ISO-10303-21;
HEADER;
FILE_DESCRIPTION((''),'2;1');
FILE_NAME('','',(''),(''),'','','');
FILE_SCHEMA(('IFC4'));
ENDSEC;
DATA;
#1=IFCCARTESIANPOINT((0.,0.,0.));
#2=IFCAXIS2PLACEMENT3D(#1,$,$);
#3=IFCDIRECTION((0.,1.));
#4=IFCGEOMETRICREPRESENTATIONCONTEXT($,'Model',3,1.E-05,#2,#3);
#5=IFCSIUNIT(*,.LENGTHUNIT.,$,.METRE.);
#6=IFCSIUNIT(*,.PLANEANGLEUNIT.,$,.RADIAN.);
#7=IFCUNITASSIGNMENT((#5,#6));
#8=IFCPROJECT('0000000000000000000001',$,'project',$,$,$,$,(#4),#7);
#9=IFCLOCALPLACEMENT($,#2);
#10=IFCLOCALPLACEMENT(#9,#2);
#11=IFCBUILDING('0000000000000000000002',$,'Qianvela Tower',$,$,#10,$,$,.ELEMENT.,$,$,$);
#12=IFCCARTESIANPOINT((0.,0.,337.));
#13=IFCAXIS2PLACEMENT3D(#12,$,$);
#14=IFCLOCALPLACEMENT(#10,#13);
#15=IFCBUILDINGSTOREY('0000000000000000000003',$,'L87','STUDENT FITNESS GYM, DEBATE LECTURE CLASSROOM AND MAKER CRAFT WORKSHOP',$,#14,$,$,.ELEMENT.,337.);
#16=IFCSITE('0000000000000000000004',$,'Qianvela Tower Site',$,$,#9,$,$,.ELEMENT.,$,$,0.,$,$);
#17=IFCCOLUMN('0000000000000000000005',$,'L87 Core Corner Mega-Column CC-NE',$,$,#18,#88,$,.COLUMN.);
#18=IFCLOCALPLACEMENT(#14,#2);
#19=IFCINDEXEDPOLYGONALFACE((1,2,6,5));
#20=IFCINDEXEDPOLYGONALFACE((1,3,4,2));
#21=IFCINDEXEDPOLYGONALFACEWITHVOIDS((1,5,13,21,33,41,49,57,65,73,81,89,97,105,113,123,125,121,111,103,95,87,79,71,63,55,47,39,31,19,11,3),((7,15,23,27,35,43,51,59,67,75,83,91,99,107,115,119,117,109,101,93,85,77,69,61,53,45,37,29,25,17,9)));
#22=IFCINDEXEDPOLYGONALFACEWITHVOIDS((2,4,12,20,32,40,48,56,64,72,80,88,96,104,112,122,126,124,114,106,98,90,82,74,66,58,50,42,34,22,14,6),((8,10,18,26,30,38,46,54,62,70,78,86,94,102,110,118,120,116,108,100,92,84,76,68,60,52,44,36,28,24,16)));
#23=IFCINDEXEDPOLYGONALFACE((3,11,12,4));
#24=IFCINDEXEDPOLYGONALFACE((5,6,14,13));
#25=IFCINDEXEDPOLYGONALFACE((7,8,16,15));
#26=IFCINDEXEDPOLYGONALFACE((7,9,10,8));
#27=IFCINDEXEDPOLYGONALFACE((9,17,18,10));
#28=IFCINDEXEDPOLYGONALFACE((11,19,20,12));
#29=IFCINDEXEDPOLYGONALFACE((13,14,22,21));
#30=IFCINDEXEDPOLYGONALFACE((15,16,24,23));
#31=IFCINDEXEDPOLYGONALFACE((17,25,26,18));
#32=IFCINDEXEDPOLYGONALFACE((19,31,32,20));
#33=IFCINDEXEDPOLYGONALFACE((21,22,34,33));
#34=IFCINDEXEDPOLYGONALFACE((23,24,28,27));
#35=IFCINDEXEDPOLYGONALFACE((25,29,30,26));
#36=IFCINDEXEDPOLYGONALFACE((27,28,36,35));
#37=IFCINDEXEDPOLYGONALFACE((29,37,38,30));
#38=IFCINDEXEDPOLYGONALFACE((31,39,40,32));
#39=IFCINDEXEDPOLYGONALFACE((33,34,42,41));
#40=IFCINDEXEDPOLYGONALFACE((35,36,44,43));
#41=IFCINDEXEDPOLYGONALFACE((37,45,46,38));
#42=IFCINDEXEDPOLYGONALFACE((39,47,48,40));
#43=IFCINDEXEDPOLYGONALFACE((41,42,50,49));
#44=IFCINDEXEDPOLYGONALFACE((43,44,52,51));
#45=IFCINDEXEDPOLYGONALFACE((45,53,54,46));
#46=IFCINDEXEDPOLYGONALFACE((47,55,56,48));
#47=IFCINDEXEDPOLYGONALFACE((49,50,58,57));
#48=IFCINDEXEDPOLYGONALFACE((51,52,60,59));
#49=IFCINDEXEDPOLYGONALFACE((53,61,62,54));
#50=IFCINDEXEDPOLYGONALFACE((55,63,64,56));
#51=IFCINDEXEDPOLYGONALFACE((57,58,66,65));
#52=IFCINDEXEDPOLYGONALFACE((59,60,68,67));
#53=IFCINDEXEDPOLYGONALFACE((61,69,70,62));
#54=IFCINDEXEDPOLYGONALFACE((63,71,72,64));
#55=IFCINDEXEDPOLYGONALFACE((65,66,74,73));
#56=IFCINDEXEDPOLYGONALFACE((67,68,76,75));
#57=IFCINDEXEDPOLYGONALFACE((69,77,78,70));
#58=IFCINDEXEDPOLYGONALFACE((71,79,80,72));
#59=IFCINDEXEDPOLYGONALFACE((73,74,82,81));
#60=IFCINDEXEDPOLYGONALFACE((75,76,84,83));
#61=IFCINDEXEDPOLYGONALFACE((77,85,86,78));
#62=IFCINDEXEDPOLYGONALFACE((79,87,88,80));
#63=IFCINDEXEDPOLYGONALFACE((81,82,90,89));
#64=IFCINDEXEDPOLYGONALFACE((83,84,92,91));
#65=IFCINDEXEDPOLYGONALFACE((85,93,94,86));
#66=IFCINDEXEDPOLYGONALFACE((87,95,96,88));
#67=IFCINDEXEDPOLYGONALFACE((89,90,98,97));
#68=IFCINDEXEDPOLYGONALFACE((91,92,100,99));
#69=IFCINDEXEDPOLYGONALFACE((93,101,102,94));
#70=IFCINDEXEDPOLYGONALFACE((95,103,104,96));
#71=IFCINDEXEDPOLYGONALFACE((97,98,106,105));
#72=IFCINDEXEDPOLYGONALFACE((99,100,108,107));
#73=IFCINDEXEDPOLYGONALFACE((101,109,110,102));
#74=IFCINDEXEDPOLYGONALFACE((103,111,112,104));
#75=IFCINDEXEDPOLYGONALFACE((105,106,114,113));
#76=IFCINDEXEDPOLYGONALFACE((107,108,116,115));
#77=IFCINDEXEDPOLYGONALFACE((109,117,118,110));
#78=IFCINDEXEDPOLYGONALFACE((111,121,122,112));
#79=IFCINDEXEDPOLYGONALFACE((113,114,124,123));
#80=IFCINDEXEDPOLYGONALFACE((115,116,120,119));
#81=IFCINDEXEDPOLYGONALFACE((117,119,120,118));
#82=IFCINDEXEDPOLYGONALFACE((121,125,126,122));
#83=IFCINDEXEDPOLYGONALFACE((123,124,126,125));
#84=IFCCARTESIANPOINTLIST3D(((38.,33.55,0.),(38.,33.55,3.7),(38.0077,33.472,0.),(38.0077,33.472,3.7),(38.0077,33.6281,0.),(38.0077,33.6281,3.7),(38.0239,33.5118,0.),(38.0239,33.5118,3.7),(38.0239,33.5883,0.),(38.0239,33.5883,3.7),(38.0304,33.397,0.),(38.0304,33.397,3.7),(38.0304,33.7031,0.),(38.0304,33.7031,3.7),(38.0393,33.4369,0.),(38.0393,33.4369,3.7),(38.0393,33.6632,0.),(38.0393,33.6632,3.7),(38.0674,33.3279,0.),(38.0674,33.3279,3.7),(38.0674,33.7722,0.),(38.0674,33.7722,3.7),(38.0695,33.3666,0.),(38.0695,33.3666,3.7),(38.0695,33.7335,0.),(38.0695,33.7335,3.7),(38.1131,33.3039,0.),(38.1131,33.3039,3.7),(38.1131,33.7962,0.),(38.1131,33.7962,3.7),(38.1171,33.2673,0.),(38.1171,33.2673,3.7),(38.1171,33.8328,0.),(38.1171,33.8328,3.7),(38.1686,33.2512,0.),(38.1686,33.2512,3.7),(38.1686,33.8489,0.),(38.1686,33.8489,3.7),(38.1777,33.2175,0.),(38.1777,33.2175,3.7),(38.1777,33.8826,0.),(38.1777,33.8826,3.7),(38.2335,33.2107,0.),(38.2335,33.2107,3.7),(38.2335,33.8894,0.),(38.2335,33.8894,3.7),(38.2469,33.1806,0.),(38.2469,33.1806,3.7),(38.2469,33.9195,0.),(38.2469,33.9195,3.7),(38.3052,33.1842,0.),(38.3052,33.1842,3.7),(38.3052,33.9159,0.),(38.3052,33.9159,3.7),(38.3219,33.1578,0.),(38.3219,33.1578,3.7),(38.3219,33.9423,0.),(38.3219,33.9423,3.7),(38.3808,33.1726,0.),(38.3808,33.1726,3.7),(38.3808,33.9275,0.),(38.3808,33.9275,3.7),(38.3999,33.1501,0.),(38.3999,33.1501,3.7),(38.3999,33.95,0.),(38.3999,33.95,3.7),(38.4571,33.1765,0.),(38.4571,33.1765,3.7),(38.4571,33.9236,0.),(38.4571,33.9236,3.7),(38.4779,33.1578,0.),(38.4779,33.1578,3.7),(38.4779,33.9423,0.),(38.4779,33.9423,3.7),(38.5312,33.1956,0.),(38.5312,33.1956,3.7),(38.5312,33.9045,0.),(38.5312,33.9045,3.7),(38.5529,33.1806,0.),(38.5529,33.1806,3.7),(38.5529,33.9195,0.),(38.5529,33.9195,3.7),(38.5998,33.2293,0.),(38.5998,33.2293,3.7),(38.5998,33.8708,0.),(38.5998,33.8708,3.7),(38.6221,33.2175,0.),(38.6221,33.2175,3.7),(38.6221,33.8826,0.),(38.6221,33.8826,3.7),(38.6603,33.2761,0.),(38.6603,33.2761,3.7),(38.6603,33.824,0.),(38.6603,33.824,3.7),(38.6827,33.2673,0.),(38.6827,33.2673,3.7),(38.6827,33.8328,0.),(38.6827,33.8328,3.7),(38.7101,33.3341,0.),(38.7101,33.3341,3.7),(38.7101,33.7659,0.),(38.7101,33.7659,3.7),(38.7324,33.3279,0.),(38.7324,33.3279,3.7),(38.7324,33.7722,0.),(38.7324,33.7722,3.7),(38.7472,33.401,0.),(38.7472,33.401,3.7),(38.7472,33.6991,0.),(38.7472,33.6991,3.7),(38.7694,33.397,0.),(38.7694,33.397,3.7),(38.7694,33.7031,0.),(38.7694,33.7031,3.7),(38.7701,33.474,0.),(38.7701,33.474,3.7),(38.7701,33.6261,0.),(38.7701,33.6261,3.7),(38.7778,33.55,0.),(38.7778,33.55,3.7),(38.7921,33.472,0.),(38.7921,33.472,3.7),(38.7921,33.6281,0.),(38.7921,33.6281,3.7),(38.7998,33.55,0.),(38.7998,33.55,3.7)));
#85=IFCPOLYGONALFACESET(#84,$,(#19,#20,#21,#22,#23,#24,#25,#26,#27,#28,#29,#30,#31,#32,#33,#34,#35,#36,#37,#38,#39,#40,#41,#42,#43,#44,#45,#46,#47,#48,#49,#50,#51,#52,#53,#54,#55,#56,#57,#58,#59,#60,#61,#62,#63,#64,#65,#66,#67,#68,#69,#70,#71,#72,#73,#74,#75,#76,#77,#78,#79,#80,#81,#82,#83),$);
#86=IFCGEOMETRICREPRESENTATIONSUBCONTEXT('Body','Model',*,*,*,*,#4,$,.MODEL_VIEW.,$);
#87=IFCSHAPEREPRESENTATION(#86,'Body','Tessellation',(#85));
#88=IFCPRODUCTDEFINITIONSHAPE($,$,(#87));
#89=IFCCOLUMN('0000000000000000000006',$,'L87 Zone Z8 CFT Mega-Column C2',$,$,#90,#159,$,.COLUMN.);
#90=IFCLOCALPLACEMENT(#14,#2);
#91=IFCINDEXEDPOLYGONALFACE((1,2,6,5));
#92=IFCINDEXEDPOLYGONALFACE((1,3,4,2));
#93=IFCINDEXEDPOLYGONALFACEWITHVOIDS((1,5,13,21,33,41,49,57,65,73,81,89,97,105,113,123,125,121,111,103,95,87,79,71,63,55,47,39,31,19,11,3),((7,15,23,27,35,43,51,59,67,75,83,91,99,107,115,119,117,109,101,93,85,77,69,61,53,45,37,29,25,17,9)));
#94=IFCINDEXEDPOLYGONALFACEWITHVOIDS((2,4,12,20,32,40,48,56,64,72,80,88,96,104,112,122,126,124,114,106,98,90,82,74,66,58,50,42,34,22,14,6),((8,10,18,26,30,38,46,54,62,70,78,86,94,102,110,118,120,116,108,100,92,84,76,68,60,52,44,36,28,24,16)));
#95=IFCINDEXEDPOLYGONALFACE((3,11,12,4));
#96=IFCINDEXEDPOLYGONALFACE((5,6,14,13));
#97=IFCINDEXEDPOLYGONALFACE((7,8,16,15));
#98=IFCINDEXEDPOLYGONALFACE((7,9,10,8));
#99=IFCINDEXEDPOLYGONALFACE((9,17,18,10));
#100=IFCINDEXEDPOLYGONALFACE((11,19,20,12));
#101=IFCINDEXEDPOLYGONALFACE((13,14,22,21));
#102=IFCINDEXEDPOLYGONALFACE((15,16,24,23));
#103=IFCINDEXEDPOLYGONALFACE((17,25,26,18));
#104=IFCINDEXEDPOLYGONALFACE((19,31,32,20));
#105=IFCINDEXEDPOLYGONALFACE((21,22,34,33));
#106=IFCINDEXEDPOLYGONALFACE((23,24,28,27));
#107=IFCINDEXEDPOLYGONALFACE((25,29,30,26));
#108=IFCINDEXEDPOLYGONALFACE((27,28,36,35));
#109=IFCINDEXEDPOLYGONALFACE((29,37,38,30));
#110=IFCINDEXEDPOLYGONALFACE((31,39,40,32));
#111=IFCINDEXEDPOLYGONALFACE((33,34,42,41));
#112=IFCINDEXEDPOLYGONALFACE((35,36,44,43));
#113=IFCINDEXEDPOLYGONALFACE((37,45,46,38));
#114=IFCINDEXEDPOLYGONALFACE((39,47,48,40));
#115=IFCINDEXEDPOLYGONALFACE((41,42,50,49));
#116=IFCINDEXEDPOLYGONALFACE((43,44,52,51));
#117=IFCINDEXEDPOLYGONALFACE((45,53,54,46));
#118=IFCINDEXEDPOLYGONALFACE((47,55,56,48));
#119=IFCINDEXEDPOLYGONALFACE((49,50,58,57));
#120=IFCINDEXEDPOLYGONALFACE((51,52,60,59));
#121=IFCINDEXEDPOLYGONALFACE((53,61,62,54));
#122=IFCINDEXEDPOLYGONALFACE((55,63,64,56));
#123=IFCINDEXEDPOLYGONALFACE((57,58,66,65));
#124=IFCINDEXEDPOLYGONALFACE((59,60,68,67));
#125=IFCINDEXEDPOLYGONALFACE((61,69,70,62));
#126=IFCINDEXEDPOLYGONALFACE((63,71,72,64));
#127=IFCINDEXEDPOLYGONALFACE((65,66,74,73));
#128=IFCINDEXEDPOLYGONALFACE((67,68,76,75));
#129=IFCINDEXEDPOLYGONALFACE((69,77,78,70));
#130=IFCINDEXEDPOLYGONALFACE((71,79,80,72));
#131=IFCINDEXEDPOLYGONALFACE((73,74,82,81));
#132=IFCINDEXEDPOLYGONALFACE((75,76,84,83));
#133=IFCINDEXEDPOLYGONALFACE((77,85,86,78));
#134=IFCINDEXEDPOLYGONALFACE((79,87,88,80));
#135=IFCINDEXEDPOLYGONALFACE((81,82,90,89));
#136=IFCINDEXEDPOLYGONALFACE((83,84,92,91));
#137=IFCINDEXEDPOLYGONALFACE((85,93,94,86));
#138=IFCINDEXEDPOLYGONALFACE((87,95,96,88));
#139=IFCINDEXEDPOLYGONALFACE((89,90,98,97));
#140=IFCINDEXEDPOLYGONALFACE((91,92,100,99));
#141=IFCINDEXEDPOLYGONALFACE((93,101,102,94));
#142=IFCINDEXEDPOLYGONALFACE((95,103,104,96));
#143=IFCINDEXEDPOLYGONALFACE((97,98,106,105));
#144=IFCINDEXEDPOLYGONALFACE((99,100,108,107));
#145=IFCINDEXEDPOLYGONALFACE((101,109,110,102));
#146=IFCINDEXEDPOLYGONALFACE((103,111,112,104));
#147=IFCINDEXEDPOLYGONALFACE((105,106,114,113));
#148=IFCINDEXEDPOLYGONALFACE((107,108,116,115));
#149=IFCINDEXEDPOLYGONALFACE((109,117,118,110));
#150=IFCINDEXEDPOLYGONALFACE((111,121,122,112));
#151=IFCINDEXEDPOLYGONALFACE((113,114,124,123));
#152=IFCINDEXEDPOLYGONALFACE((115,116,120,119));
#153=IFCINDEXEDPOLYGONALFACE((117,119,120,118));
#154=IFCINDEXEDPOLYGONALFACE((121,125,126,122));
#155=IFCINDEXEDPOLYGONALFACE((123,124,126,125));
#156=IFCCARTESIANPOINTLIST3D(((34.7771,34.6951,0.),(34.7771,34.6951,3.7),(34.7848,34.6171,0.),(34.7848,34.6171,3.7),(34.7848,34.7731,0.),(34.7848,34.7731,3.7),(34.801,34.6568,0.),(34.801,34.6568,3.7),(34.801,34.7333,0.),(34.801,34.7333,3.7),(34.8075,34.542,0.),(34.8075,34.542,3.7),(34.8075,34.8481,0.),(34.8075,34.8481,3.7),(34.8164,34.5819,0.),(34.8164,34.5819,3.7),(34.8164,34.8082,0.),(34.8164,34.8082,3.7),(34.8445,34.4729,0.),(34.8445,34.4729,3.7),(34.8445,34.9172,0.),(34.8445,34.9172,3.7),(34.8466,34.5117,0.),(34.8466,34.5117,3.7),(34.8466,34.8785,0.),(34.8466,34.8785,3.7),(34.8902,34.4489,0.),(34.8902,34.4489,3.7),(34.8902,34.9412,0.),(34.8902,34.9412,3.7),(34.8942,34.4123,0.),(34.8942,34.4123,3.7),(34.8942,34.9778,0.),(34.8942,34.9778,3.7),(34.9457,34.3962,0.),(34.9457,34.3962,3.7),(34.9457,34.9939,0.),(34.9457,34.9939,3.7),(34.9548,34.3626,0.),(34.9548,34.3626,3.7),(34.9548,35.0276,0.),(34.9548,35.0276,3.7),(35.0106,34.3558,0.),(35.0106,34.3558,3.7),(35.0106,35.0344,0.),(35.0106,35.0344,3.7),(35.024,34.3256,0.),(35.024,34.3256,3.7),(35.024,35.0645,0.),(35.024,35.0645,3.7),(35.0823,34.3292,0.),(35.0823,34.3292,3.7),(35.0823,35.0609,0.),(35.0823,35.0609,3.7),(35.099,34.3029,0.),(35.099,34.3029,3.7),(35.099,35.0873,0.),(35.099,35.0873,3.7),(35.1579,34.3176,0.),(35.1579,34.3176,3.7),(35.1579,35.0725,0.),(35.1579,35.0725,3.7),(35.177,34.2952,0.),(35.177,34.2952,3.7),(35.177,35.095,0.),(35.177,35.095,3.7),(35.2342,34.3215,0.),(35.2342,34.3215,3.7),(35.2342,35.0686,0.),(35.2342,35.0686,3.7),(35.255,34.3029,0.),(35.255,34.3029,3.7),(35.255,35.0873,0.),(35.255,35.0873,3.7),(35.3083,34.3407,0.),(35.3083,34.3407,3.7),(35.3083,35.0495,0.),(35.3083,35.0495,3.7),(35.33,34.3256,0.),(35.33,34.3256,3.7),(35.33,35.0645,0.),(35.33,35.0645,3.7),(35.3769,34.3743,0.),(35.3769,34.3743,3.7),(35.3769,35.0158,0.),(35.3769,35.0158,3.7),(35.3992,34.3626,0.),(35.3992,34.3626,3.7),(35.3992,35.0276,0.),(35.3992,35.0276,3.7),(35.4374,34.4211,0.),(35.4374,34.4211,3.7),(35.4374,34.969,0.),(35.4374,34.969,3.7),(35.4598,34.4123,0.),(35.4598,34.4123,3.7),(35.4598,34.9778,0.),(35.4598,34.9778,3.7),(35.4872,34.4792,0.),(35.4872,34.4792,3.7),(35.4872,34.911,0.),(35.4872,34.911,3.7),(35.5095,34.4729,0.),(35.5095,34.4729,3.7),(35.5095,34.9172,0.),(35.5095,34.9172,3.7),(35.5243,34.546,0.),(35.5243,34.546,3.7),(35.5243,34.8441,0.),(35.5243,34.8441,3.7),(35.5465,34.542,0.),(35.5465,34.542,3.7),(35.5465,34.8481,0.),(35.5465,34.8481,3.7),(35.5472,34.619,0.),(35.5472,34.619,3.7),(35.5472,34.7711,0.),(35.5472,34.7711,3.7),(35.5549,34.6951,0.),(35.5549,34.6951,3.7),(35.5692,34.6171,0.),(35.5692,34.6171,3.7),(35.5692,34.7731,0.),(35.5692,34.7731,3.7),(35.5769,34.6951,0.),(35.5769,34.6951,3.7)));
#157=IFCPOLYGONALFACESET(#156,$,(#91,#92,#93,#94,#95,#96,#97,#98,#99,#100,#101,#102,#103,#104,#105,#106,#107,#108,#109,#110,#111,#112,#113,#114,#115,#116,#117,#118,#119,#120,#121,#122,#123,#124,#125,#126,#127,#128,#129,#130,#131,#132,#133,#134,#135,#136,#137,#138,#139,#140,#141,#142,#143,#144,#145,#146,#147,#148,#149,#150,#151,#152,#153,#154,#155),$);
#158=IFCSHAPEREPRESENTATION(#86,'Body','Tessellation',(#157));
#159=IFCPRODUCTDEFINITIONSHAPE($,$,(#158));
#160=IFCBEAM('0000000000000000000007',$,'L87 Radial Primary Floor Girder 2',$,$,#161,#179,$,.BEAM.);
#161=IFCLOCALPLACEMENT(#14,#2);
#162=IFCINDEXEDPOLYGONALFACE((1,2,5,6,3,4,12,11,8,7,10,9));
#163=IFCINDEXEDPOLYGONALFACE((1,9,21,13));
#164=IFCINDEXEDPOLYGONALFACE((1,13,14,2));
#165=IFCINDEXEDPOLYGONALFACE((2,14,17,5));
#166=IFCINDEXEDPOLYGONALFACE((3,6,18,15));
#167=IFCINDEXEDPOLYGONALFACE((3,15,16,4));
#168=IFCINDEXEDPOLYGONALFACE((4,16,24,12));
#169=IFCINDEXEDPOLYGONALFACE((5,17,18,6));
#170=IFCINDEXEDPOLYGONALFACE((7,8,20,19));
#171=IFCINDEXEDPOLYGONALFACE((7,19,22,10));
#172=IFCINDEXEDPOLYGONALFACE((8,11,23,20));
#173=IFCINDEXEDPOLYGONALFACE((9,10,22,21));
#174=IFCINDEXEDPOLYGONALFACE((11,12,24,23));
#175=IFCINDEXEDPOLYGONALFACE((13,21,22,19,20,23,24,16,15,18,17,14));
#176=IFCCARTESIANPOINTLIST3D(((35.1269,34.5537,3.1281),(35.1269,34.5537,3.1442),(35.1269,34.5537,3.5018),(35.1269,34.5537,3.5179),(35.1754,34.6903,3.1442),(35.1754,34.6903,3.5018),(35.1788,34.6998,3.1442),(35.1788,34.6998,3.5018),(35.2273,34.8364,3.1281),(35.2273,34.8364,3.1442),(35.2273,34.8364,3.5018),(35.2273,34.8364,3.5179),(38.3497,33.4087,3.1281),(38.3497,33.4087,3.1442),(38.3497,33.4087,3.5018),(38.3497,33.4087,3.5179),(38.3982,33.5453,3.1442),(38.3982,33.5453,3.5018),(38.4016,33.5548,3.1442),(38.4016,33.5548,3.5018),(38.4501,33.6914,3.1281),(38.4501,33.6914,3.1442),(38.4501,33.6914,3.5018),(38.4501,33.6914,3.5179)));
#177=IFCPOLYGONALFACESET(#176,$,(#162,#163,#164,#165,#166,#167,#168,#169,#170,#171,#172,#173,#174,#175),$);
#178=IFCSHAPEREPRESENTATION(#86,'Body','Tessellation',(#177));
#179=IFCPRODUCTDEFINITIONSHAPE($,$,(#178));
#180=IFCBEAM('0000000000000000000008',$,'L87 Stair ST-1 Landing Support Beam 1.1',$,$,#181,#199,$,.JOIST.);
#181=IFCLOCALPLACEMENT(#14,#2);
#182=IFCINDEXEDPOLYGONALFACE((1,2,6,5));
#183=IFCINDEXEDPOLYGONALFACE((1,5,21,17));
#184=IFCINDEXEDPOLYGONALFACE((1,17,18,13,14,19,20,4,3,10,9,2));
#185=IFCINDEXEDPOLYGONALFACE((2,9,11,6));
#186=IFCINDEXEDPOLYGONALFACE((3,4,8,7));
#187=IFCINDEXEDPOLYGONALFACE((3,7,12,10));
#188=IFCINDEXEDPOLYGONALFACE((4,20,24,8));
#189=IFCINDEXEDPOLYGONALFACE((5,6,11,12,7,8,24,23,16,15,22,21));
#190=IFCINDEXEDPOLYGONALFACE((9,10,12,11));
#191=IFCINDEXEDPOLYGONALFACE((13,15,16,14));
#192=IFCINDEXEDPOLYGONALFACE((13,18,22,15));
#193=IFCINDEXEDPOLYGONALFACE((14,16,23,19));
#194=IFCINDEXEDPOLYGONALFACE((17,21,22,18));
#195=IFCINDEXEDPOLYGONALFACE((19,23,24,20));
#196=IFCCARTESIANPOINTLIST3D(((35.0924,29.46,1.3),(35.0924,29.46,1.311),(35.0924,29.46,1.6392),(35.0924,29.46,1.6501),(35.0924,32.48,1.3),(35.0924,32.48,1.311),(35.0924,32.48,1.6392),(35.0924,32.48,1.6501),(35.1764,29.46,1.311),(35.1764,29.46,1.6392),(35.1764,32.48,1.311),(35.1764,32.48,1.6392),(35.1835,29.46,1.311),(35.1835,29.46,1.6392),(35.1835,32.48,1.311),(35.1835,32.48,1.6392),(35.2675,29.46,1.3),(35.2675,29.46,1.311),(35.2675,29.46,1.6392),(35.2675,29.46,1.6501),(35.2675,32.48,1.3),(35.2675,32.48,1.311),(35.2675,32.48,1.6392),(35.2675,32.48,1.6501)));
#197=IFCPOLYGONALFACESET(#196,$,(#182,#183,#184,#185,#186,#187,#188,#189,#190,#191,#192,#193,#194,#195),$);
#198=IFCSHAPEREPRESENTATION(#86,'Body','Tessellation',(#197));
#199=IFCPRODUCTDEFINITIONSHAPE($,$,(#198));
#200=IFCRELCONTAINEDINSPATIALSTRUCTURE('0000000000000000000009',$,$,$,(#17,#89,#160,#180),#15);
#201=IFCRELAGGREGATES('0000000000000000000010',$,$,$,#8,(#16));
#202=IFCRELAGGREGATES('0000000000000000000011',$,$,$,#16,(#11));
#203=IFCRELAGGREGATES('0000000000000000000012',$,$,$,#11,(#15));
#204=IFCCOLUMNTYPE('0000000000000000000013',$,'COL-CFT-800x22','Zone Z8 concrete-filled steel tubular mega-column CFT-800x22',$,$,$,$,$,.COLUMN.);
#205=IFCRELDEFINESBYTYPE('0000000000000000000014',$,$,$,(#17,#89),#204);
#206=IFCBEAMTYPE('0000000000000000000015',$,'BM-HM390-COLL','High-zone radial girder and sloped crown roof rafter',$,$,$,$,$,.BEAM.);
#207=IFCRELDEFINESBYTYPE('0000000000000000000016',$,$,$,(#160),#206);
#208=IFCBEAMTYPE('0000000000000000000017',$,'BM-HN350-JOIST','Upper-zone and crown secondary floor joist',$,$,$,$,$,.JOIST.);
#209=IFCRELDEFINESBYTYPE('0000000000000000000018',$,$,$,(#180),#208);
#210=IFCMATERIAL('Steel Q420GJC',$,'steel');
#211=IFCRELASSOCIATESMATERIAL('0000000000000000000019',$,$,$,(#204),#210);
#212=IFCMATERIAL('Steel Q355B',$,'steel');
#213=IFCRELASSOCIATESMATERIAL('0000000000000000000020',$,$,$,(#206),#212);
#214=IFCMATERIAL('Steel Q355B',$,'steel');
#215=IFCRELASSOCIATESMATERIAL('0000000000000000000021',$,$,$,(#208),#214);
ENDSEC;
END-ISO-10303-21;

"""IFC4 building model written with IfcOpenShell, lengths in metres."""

from ifc_helpers import new_model, si_unit, direction, frame, origin, origin_2d, place, context, subcontext, project, spatial, hollow_circle, i_section, extrude, material, material_profile, profile_set, type_object, element, save


model = new_model("IFC4")

# Units and contexts
model_context = context("Model", 3, precision=1e-05, world=origin(), true_north=direction((0.0, 1.0)))
body_context = subcontext(model_context, "Body", "Model", "MODEL_VIEW")
ifc_project = project(units=[si_unit("LENGTHUNIT", "METRE"), si_unit("PLANEANGLEUNIT", "RADIAN")], contexts=[model_context])

# Site, building, storey
site_placement = place(None, origin())
site = spatial("IfcSite", under=ifc_project, at=site_placement, Name="Qianvela Tower Site", CompositionType="ELEMENT", RefElevation=0.0)
building_placement = place(site_placement, origin())
building = spatial("IfcBuilding", under=site, at=building_placement, Name="Qianvela Tower", CompositionType="ELEMENT")
storey_placement = place(building_placement, frame((0.0, 0.0, 337.0)))
storey = spatial("IfcBuildingStorey", under=building, at=storey_placement, Name="L87", Description="STUDENT FITNESS GYM, DEBATE LECTURE CLASSROOM AND MAKER CRAFT WORKSHOP", CompositionType="ELEMENT", Elevation=337.0)

# Columns
ifc_material_1 = material(Name="Steel Q420GJC", Category="steel")
ifc_material_profile_1 = material_profile(ifc_material_1, hollow_circle(Radius=0.3999, WallThickness=0.022, at=origin_2d()), Name="CFT-800x22")
ifc_profile_set_1 = profile_set([ifc_material_profile_1], Name="Steel Q420GJC")
column_type = type_object("IfcColumnType", Name="COL-CFT-800x22", Description="Zone Z8 concrete-filled steel tubular mega-column CFT-800x22", PredefinedType="COLUMN", material=ifc_profile_set_1)
for number, where, z_axis, x_axis, name in (
    (1, (38.3999, 33.55, 0.0), (0.0, 0.0, 1.0), (1.0, 0.0, 0.0), "L87 Core Corner Mega-Column CC-NE"),
    (2, (35.177, 34.6951, 0.0), (0.0, 0.0, 1.0), (1.0, 0.0, 0.0), "L87 Zone Z8 CFT Mega-Column C2"),
):
    element("IfcColumn", number, at=place(storey_placement, frame(where, z_axis=z_axis, x_axis=x_axis)), inside=storey, type_object=column_type, Name=name, PredefinedType="COLUMN", context=body_context, shape_type="SweptSolid", body=[
        extrude(hollow_circle(Radius=0.3999, WallThickness=0.022, at=origin_2d()), origin(), (0.0, 0.0, 1.0), 3.7),
    ])

# Beams
ifc_material_2 = material(Name="Steel Q355B", Category="steel")
ifc_material_profile_2 = material_profile(ifc_material_2, i_section(OverallWidth=0.3, OverallDepth=0.3899, WebThickness=0.01, FlangeThickness=0.0161, at=origin_2d()), Name="HM390x300x10x16")
ifc_profile_set_2 = profile_set([ifc_material_profile_2], Name="Steel Q355B")
beam_type_1 = type_object("IfcBeamType", Name="BM-HM390-COLL", Description="High-zone radial girder and sloped crown roof rafter", PredefinedType="BEAM", material=ifc_profile_set_2)
beam_1_placement = place(storey_placement, frame((38.3999, 33.55, 3.323), z_axis=(-0.942298, 0.334776, 0.0), x_axis=(-0.334776, -0.942298, 0.0)))
element("IfcBeam", 3, at=beam_1_placement, inside=storey, type_object=beam_type_1, Name="L87 Radial Primary Floor Girder 2", PredefinedType="BEAM", context=body_context, shape_type="SweptSolid", body=[
    extrude(i_section(OverallWidth=0.3, OverallDepth=0.3899, WebThickness=0.01, FlangeThickness=0.0161, at=origin_2d()), origin(), (0.0, 0.0, 1.0), 3.4202),
])
ifc_material_3 = material(Name="Steel Q355B", Category="steel")
ifc_material_profile_3 = material_profile(ifc_material_3, i_section(OverallWidth=0.175, OverallDepth=0.3501, WebThickness=0.0071, FlangeThickness=0.011, at=origin_2d()), Name="HN350x175x7x11")
ifc_profile_set_3 = profile_set([ifc_material_profile_3], Name="Steel Q355B")
beam_type_2 = type_object("IfcBeamType", Name="BM-HN350-JOIST", Description="Upper-zone and crown secondary floor joist", PredefinedType="JOIST", material=ifc_profile_set_3)
for number, where, z_axis, x_axis, name in (
    (4, (35.1799, 29.46, 1.4751), (0.0, 1.0, 0.0), (-1.0, 0.0, 0.0), "L87 Stair ST-1 Landing Support Beam 1.1"),
):
    element("IfcBeam", number, at=place(storey_placement, frame(where, z_axis=z_axis, x_axis=x_axis)), inside=storey, type_object=beam_type_2, Name=name, PredefinedType="JOIST", context=body_context, shape_type="SweptSolid", body=[
        extrude(i_section(OverallWidth=0.175, OverallDepth=0.3501, WebThickness=0.0071, FlangeThickness=0.011, at=origin_2d()), origin(), (0.0, 0.0, 1.0), 3.02),
    ])

save(model, "model.ifc")
